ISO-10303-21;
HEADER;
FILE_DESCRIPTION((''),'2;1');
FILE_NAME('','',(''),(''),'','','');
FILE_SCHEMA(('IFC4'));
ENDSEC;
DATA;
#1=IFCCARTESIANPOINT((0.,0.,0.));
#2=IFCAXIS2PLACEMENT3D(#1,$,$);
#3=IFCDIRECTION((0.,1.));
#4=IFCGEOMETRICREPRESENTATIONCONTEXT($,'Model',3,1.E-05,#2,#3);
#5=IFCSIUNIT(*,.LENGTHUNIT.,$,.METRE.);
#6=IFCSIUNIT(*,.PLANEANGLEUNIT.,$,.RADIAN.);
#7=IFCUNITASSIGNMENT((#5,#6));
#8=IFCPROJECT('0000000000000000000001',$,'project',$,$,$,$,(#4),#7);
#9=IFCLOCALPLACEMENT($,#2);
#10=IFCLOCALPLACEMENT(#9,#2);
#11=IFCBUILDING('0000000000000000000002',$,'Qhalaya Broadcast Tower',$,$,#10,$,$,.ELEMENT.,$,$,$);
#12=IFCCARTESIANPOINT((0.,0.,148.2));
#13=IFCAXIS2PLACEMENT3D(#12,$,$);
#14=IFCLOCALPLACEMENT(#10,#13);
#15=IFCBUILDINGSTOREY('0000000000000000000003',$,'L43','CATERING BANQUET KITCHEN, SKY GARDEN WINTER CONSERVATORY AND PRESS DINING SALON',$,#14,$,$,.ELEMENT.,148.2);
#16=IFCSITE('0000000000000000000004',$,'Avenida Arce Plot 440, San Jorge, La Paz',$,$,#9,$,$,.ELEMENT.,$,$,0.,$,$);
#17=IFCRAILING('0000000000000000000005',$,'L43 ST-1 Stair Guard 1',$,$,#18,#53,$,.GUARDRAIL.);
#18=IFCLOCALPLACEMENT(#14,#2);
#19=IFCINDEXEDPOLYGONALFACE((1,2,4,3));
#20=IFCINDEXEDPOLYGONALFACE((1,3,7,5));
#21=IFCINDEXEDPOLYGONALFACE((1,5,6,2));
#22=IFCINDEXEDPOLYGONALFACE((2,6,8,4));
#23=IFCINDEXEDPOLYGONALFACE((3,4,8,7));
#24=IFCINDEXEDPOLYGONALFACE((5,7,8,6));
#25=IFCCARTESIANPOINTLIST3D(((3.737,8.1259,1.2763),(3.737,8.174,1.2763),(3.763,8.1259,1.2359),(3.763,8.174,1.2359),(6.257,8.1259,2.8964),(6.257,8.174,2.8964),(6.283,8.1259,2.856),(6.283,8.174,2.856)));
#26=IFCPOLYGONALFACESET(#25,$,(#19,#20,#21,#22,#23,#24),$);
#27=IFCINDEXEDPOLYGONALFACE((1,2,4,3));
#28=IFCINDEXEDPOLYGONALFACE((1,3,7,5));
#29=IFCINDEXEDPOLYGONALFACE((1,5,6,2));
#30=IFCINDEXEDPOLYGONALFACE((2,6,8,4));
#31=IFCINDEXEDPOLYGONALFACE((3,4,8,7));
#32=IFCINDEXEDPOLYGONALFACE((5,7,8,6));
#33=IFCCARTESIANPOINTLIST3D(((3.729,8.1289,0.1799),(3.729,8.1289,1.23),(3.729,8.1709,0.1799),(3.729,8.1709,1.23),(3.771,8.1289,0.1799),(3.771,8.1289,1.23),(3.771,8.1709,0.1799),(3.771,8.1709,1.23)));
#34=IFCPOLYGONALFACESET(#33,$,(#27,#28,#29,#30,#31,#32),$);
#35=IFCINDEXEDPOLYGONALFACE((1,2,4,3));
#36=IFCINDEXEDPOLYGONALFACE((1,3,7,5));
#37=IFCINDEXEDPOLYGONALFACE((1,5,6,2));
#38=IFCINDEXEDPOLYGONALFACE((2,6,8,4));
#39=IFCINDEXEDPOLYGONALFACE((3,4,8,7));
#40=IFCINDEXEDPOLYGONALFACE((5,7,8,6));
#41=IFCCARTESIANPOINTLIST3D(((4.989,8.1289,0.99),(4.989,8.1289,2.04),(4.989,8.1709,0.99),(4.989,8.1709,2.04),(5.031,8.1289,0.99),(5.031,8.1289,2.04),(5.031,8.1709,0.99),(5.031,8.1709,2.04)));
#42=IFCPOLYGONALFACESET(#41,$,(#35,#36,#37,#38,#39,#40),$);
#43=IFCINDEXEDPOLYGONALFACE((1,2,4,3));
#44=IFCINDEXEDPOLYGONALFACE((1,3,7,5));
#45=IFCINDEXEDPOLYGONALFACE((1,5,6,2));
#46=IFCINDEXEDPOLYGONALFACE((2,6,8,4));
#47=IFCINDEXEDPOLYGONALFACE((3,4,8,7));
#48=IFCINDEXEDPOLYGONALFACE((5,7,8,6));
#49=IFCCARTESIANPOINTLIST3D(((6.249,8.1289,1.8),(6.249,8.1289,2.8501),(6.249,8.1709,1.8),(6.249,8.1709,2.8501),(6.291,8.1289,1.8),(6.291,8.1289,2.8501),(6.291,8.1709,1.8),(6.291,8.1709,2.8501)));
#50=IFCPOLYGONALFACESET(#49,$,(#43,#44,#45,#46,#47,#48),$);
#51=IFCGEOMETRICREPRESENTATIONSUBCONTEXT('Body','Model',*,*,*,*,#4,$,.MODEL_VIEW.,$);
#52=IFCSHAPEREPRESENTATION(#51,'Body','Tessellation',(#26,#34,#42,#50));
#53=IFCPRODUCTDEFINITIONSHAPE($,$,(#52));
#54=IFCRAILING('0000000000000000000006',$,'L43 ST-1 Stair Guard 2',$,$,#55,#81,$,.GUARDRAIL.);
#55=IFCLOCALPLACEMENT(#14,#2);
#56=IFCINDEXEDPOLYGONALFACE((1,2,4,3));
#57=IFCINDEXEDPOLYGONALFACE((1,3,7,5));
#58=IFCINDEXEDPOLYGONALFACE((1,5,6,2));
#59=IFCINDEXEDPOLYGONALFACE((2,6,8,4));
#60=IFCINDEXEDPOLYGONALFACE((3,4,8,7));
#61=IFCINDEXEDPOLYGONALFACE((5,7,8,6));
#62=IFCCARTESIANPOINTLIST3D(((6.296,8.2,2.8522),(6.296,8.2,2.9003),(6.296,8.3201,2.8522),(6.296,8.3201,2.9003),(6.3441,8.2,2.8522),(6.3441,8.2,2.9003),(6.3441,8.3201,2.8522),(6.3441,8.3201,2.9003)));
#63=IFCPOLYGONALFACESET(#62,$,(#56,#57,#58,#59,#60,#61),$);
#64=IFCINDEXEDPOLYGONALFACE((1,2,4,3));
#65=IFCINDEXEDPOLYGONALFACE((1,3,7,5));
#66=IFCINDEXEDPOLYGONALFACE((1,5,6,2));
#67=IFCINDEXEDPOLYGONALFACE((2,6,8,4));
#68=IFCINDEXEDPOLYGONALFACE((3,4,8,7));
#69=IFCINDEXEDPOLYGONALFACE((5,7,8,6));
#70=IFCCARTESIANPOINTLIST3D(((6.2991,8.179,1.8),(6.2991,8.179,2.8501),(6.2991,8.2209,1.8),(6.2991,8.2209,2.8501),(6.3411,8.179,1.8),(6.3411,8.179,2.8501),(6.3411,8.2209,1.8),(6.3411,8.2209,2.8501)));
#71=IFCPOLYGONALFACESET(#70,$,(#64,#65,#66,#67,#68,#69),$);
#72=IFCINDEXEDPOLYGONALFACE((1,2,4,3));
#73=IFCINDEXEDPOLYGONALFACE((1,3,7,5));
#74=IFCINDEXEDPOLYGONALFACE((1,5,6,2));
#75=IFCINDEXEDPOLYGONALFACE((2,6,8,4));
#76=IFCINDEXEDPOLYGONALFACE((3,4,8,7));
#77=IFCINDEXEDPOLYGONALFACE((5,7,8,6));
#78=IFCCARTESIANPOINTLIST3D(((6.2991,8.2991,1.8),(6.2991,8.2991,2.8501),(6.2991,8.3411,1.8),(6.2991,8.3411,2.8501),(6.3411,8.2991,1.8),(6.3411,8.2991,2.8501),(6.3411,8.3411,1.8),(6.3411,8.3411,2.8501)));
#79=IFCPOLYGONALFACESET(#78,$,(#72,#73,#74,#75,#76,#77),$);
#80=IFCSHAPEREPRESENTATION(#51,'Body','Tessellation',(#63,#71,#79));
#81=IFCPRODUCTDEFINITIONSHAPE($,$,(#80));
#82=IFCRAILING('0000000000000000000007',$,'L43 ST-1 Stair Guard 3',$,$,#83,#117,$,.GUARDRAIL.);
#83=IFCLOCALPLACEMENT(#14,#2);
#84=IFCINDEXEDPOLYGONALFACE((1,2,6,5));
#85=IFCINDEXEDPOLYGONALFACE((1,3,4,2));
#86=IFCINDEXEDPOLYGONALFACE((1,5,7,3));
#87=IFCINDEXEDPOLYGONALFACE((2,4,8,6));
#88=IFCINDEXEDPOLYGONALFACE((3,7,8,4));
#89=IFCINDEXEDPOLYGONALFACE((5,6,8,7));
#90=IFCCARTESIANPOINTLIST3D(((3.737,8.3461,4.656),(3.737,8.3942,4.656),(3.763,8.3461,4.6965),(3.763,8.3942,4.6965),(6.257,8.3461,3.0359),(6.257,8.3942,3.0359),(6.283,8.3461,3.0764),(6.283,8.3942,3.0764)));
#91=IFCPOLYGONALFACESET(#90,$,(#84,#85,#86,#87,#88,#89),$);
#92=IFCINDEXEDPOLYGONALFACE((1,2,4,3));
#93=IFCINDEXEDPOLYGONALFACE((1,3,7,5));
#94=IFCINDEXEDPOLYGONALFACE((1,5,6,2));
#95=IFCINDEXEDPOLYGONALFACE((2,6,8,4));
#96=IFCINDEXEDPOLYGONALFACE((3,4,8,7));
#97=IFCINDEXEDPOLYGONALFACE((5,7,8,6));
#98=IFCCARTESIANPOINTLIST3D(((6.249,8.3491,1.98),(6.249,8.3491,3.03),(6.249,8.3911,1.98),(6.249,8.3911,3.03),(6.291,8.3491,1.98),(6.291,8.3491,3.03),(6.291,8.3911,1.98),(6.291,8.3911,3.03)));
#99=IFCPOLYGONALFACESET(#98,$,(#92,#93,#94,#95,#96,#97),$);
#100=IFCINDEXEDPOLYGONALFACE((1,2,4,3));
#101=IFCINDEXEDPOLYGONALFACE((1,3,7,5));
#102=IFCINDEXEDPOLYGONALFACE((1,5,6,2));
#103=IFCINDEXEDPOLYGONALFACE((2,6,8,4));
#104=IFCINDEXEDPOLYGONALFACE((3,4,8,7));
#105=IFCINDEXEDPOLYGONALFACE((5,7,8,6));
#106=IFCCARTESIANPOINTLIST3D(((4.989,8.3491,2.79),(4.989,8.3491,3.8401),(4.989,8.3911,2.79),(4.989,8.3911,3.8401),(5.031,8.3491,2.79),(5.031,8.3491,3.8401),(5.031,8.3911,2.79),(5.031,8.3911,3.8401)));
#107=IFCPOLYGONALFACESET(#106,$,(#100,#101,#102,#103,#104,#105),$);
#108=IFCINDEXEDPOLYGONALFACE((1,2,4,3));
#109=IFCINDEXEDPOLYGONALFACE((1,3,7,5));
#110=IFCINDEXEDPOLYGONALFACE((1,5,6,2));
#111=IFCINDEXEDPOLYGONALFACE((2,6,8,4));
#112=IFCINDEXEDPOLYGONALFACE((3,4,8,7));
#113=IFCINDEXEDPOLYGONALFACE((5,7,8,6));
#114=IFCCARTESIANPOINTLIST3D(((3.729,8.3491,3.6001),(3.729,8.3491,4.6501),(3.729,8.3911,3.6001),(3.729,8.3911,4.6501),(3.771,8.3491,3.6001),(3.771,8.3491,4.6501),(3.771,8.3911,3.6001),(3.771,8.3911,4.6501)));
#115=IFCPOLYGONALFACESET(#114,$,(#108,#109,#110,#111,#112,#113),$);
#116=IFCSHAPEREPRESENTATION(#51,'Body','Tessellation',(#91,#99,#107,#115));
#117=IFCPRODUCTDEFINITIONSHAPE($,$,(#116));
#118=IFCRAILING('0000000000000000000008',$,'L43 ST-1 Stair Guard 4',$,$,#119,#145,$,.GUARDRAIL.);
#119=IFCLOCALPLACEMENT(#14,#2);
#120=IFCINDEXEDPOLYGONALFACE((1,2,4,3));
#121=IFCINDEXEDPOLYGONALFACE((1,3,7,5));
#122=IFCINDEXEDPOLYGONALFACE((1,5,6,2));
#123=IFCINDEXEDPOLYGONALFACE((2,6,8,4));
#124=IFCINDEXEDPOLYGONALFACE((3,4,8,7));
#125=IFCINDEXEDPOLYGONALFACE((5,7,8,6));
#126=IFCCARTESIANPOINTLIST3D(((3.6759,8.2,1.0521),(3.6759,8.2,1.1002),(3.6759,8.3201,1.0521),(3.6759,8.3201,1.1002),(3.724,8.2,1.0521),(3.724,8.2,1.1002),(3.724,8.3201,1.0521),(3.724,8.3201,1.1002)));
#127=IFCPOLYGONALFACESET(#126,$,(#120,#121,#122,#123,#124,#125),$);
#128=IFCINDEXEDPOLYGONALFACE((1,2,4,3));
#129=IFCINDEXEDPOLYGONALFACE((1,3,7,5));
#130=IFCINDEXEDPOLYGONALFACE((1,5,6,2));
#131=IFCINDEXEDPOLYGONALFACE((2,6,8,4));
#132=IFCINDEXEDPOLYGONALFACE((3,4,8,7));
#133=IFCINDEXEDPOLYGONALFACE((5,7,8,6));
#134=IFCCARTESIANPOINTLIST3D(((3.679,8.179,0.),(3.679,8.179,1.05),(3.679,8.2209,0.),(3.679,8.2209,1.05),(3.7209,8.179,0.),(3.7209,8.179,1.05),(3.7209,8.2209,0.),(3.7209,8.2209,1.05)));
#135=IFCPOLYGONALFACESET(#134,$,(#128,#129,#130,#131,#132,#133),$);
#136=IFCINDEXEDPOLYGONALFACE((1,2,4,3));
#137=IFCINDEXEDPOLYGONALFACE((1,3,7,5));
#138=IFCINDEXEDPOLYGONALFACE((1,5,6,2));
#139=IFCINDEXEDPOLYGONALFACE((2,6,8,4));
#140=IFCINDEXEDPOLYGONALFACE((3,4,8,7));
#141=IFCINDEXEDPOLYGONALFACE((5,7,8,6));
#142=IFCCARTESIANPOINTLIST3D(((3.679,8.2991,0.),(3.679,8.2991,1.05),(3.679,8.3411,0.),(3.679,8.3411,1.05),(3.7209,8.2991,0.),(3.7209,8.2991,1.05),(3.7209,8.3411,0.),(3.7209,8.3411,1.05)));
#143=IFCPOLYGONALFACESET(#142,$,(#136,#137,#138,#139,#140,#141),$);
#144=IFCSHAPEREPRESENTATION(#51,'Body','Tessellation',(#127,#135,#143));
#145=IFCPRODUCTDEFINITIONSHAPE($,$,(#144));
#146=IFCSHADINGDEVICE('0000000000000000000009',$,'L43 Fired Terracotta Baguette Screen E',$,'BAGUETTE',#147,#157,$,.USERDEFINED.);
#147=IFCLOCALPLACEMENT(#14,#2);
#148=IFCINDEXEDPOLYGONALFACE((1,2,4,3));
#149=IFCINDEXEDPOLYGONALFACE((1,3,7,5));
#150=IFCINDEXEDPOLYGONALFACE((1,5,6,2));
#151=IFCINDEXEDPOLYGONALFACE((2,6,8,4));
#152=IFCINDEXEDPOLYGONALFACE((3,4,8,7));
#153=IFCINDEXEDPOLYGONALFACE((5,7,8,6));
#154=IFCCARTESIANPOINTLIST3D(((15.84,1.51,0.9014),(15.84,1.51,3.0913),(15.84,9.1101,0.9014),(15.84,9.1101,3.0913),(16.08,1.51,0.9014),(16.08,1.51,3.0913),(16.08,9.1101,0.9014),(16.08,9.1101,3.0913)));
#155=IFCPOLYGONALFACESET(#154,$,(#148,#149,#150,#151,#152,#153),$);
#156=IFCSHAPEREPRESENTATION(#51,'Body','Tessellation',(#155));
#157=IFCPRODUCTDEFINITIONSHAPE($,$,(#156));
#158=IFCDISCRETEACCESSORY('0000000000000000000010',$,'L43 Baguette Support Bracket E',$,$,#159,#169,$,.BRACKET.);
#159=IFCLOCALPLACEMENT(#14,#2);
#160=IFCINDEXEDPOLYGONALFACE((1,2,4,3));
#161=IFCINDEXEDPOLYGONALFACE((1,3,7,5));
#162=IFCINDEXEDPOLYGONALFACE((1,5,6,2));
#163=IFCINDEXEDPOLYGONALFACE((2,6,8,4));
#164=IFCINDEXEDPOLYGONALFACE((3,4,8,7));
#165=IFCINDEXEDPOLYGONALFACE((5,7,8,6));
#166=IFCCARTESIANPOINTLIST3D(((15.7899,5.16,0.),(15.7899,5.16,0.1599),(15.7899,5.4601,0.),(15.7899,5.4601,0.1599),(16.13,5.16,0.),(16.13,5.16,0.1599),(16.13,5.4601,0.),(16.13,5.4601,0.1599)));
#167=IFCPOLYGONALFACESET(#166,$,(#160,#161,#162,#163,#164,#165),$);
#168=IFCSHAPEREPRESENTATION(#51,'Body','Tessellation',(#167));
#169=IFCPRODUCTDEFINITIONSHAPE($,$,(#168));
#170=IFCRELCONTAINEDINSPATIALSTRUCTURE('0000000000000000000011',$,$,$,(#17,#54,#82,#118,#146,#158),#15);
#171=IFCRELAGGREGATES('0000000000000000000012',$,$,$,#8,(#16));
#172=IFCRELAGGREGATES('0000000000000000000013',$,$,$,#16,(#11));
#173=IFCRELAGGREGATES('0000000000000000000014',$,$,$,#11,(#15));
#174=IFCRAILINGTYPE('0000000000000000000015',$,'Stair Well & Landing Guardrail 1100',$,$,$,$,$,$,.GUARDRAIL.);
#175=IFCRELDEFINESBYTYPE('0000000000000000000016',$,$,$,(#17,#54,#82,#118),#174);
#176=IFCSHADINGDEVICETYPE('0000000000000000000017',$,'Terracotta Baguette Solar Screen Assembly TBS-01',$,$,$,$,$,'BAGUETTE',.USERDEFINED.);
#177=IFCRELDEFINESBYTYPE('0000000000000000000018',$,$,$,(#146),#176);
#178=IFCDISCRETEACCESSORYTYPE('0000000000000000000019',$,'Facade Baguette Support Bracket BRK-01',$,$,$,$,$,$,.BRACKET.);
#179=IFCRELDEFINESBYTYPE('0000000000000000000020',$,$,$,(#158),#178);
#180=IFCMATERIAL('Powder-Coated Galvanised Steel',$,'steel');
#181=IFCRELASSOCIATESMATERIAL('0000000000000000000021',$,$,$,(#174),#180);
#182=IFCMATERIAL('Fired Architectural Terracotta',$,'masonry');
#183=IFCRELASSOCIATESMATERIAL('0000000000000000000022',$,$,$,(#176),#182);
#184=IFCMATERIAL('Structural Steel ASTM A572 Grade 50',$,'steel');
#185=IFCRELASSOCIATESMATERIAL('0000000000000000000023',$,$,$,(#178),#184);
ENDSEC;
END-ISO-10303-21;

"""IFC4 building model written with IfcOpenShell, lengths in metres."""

from ifc_helpers import new_model, si_unit, direction, frame, origin, origin_2d, place, context, subcontext, project, spatial, rectangle, extrude, material, type_object, element, save


model = new_model("IFC4")

# Units and contexts
model_context = context("Model", 3, precision=1e-05, world=origin(), true_north=direction((0.0, 1.0)))
body_context = subcontext(model_context, "Body", "Model", "MODEL_VIEW")
ifc_project = project(units=[si_unit("LENGTHUNIT", "METRE"), si_unit("PLANEANGLEUNIT", "RADIAN")], contexts=[model_context])

# Site, building, storey
site_placement = place(None, origin())
site = spatial("IfcSite", under=ifc_project, at=site_placement, Name="Avenida Arce Plot 440, San Jorge, La Paz", CompositionType="ELEMENT", RefElevation=0.0)
building_placement = place(site_placement, origin())
building = spatial("IfcBuilding", under=site, at=building_placement, Name="Qhalaya Broadcast Tower", CompositionType="ELEMENT")
storey_placement = place(building_placement, frame((0.0, 0.0, 148.2)))
storey = spatial("IfcBuildingStorey", under=building, at=storey_placement, Name="L43", Description="CATERING BANQUET KITCHEN, SKY GARDEN WINTER CONSERVATORY AND PRESS DINING SALON", CompositionType="ELEMENT", Elevation=148.2)

# Shared definitions
ifc_material_1 = material(Name="Structural Steel ASTM A572 Grade 50", Category="steel")

# Railings
ifc_material_2 = material(Name="Powder-Coated Galvanised Steel", Category="steel")
railing_type_1 = type_object("IfcRailingType", Name="Stair Well & Landing Guardrail 1100", PredefinedType="GUARDRAIL", material=ifc_material_2)
railing_1_placement = place(storey_placement, frame((3.75, 8.1499, 0.1799)))
element("IfcRailing", 1, at=railing_1_placement, inside=storey, type_object=railing_type_1, Name="L43 ST-1 Stair Guard 1", PredefinedType="GUARDRAIL", context=body_context, shape_type="SweptSolid", body=[
    extrude(rectangle(XDim=0.0481, YDim=0.0481, at=origin_2d()), frame((0.0, 0.0, 1.0762), z_axis=(0.841163, 0.0, 0.540782), x_axis=(0.0, 1.0, 0.0)), (0.0, 0.0, 1.0), 2.9958),
    extrude(rectangle(XDim=0.042, YDim=0.042, at=origin_2d()), origin(), (0.0, 0.0, 1.0), 1.05),
    extrude(rectangle(XDim=0.042, YDim=0.042, at=origin_2d()), frame((1.26, 0.0, 0.8101)), (0.0, 0.0, 1.0), 1.05),
    extrude(rectangle(XDim=0.042, YDim=0.042, at=origin_2d()), frame((2.52, 0.0, 1.6201)), (0.0, 0.0, 1.0), 1.05),
])
railing_2_placement = place(storey_placement, frame((6.3201, 8.2, 1.8)))
element("IfcRailing", 2, at=railing_2_placement, inside=storey, type_object=railing_type_1, Name="L43 ST-1 Stair Guard 2", PredefinedType="GUARDRAIL", context=body_context, shape_type="SweptSolid", body=[
    extrude(rectangle(XDim=0.0481, YDim=0.0481, at=origin_2d()), frame((0.0, 0.0, 1.0762), z_axis=(0.0, 1.0, 0.0), x_axis=(-1.0, 0.0, 0.0)), (0.0, 0.0, 1.0), 0.1201),
    extrude(rectangle(XDim=0.042, YDim=0.042, at=origin_2d()), origin(), (0.0, 0.0, 1.0), 1.05),
    extrude(rectangle(XDim=0.042, YDim=0.042, at=origin_2d()), frame((0.0, 0.1201, 0.0)), (0.0, 0.0, 1.0), 1.05),
])
railing_3_placement = place(storey_placement, frame((6.27, 8.3701, 1.98)))
element("IfcRailing", 3, at=railing_3_placement, inside=storey, type_object=railing_type_1, Name="L43 ST-1 Stair Guard 3", PredefinedType="GUARDRAIL", context=body_context, shape_type="SweptSolid", body=[
    extrude(rectangle(XDim=0.0481, YDim=0.0481, at=origin_2d()), frame((0.0, 0.0, 1.0762), z_axis=(-0.841163, 0.0, 0.540782), x_axis=(0.0, -1.0, 0.0)), (0.0, 0.0, 1.0), 2.9958),
    extrude(rectangle(XDim=0.042, YDim=0.042, at=origin_2d()), origin(), (0.0, 0.0, 1.0), 1.05),
    extrude(rectangle(XDim=0.042, YDim=0.042, at=origin_2d()), frame((-1.26, 0.0, 0.8101)), (0.0, 0.0, 1.0), 1.05),
    extrude(rectangle(XDim=0.042, YDim=0.042, at=origin_2d()), frame((-2.52, 0.0, 1.6201)), (0.0, 0.0, 1.0), 1.05),
])
railing_4_placement = place(storey_placement, frame((3.7, 8.2, 0.0)))
element("IfcRailing", 4, at=railing_4_placement, inside=storey, type_object=railing_type_1, Name="L43 ST-1 Stair Guard 4", PredefinedType="GUARDRAIL", context=body_context, shape_type="SweptSolid", body=[
    extrude(rectangle(XDim=0.0481, YDim=0.0481, at=origin_2d()), frame((0.0, 0.0, 1.0762), z_axis=(0.0, 1.0, 0.0), x_axis=(-1.0, 0.0, 0.0)), (0.0, 0.0, 1.0), 0.1201),
    extrude(rectangle(XDim=0.042, YDim=0.042, at=origin_2d()), origin(), (0.0, 0.0, 1.0), 1.05),
    extrude(rectangle(XDim=0.042, YDim=0.042, at=origin_2d()), frame((0.0, 0.1201, 0.0)), (0.0, 0.0, 1.0), 1.05),
])

# Shading device
ifc_material_3 = material(Name="Fired Architectural Terracotta", Category="masonry")
shading_device_type = type_object("IfcShadingDeviceType", Name="Terracotta Baguette Solar Screen Assembly TBS-01", ElementType="BAGUETTE", PredefinedType="USERDEFINED", material=ifc_material_3)
shading_device_placement = place(storey_placement, frame((15.96, 5.3101, 0.9014), z_axis=(0.0, 0.0, 1.0), x_axis=(0.0, 1.0, 0.0)))
element("IfcShadingDevice", 5, at=shading_device_placement, inside=storey, type_object=shading_device_type, Name="L43 Fired Terracotta Baguette Screen E", ObjectType="BAGUETTE", PredefinedType="USERDEFINED", context=body_context, shape_type="SweptSolid", body=[
    extrude(rectangle(XDim=7.6001, YDim=0.24, at=origin_2d()), origin(), (0.0, 0.0, 1.0), 2.1899),
])

# Discrete accessory
discrete_accessory_type = type_object("IfcDiscreteAccessoryType", Name="Facade Baguette Support Bracket BRK-01", PredefinedType="BRACKET", material=ifc_material_1)
discrete_accessory_placement = place(storey_placement, frame((15.96, 5.3101, 0.0), z_axis=(0.0, 0.0, 1.0), x_axis=(0.0, 1.0, 0.0)))
element("IfcDiscreteAccessory", 6, at=discrete_accessory_placement, inside=storey, type_object=discrete_accessory_type, Name="L43 Baguette Support Bracket E", PredefinedType="BRACKET", context=body_context, shape_type="SweptSolid", body=[
    extrude(rectangle(XDim=0.3, YDim=0.3401, at=origin_2d()), origin(), (0.0, 0.0, 1.0), 0.1599),
])

save(model, "model.ifc")
